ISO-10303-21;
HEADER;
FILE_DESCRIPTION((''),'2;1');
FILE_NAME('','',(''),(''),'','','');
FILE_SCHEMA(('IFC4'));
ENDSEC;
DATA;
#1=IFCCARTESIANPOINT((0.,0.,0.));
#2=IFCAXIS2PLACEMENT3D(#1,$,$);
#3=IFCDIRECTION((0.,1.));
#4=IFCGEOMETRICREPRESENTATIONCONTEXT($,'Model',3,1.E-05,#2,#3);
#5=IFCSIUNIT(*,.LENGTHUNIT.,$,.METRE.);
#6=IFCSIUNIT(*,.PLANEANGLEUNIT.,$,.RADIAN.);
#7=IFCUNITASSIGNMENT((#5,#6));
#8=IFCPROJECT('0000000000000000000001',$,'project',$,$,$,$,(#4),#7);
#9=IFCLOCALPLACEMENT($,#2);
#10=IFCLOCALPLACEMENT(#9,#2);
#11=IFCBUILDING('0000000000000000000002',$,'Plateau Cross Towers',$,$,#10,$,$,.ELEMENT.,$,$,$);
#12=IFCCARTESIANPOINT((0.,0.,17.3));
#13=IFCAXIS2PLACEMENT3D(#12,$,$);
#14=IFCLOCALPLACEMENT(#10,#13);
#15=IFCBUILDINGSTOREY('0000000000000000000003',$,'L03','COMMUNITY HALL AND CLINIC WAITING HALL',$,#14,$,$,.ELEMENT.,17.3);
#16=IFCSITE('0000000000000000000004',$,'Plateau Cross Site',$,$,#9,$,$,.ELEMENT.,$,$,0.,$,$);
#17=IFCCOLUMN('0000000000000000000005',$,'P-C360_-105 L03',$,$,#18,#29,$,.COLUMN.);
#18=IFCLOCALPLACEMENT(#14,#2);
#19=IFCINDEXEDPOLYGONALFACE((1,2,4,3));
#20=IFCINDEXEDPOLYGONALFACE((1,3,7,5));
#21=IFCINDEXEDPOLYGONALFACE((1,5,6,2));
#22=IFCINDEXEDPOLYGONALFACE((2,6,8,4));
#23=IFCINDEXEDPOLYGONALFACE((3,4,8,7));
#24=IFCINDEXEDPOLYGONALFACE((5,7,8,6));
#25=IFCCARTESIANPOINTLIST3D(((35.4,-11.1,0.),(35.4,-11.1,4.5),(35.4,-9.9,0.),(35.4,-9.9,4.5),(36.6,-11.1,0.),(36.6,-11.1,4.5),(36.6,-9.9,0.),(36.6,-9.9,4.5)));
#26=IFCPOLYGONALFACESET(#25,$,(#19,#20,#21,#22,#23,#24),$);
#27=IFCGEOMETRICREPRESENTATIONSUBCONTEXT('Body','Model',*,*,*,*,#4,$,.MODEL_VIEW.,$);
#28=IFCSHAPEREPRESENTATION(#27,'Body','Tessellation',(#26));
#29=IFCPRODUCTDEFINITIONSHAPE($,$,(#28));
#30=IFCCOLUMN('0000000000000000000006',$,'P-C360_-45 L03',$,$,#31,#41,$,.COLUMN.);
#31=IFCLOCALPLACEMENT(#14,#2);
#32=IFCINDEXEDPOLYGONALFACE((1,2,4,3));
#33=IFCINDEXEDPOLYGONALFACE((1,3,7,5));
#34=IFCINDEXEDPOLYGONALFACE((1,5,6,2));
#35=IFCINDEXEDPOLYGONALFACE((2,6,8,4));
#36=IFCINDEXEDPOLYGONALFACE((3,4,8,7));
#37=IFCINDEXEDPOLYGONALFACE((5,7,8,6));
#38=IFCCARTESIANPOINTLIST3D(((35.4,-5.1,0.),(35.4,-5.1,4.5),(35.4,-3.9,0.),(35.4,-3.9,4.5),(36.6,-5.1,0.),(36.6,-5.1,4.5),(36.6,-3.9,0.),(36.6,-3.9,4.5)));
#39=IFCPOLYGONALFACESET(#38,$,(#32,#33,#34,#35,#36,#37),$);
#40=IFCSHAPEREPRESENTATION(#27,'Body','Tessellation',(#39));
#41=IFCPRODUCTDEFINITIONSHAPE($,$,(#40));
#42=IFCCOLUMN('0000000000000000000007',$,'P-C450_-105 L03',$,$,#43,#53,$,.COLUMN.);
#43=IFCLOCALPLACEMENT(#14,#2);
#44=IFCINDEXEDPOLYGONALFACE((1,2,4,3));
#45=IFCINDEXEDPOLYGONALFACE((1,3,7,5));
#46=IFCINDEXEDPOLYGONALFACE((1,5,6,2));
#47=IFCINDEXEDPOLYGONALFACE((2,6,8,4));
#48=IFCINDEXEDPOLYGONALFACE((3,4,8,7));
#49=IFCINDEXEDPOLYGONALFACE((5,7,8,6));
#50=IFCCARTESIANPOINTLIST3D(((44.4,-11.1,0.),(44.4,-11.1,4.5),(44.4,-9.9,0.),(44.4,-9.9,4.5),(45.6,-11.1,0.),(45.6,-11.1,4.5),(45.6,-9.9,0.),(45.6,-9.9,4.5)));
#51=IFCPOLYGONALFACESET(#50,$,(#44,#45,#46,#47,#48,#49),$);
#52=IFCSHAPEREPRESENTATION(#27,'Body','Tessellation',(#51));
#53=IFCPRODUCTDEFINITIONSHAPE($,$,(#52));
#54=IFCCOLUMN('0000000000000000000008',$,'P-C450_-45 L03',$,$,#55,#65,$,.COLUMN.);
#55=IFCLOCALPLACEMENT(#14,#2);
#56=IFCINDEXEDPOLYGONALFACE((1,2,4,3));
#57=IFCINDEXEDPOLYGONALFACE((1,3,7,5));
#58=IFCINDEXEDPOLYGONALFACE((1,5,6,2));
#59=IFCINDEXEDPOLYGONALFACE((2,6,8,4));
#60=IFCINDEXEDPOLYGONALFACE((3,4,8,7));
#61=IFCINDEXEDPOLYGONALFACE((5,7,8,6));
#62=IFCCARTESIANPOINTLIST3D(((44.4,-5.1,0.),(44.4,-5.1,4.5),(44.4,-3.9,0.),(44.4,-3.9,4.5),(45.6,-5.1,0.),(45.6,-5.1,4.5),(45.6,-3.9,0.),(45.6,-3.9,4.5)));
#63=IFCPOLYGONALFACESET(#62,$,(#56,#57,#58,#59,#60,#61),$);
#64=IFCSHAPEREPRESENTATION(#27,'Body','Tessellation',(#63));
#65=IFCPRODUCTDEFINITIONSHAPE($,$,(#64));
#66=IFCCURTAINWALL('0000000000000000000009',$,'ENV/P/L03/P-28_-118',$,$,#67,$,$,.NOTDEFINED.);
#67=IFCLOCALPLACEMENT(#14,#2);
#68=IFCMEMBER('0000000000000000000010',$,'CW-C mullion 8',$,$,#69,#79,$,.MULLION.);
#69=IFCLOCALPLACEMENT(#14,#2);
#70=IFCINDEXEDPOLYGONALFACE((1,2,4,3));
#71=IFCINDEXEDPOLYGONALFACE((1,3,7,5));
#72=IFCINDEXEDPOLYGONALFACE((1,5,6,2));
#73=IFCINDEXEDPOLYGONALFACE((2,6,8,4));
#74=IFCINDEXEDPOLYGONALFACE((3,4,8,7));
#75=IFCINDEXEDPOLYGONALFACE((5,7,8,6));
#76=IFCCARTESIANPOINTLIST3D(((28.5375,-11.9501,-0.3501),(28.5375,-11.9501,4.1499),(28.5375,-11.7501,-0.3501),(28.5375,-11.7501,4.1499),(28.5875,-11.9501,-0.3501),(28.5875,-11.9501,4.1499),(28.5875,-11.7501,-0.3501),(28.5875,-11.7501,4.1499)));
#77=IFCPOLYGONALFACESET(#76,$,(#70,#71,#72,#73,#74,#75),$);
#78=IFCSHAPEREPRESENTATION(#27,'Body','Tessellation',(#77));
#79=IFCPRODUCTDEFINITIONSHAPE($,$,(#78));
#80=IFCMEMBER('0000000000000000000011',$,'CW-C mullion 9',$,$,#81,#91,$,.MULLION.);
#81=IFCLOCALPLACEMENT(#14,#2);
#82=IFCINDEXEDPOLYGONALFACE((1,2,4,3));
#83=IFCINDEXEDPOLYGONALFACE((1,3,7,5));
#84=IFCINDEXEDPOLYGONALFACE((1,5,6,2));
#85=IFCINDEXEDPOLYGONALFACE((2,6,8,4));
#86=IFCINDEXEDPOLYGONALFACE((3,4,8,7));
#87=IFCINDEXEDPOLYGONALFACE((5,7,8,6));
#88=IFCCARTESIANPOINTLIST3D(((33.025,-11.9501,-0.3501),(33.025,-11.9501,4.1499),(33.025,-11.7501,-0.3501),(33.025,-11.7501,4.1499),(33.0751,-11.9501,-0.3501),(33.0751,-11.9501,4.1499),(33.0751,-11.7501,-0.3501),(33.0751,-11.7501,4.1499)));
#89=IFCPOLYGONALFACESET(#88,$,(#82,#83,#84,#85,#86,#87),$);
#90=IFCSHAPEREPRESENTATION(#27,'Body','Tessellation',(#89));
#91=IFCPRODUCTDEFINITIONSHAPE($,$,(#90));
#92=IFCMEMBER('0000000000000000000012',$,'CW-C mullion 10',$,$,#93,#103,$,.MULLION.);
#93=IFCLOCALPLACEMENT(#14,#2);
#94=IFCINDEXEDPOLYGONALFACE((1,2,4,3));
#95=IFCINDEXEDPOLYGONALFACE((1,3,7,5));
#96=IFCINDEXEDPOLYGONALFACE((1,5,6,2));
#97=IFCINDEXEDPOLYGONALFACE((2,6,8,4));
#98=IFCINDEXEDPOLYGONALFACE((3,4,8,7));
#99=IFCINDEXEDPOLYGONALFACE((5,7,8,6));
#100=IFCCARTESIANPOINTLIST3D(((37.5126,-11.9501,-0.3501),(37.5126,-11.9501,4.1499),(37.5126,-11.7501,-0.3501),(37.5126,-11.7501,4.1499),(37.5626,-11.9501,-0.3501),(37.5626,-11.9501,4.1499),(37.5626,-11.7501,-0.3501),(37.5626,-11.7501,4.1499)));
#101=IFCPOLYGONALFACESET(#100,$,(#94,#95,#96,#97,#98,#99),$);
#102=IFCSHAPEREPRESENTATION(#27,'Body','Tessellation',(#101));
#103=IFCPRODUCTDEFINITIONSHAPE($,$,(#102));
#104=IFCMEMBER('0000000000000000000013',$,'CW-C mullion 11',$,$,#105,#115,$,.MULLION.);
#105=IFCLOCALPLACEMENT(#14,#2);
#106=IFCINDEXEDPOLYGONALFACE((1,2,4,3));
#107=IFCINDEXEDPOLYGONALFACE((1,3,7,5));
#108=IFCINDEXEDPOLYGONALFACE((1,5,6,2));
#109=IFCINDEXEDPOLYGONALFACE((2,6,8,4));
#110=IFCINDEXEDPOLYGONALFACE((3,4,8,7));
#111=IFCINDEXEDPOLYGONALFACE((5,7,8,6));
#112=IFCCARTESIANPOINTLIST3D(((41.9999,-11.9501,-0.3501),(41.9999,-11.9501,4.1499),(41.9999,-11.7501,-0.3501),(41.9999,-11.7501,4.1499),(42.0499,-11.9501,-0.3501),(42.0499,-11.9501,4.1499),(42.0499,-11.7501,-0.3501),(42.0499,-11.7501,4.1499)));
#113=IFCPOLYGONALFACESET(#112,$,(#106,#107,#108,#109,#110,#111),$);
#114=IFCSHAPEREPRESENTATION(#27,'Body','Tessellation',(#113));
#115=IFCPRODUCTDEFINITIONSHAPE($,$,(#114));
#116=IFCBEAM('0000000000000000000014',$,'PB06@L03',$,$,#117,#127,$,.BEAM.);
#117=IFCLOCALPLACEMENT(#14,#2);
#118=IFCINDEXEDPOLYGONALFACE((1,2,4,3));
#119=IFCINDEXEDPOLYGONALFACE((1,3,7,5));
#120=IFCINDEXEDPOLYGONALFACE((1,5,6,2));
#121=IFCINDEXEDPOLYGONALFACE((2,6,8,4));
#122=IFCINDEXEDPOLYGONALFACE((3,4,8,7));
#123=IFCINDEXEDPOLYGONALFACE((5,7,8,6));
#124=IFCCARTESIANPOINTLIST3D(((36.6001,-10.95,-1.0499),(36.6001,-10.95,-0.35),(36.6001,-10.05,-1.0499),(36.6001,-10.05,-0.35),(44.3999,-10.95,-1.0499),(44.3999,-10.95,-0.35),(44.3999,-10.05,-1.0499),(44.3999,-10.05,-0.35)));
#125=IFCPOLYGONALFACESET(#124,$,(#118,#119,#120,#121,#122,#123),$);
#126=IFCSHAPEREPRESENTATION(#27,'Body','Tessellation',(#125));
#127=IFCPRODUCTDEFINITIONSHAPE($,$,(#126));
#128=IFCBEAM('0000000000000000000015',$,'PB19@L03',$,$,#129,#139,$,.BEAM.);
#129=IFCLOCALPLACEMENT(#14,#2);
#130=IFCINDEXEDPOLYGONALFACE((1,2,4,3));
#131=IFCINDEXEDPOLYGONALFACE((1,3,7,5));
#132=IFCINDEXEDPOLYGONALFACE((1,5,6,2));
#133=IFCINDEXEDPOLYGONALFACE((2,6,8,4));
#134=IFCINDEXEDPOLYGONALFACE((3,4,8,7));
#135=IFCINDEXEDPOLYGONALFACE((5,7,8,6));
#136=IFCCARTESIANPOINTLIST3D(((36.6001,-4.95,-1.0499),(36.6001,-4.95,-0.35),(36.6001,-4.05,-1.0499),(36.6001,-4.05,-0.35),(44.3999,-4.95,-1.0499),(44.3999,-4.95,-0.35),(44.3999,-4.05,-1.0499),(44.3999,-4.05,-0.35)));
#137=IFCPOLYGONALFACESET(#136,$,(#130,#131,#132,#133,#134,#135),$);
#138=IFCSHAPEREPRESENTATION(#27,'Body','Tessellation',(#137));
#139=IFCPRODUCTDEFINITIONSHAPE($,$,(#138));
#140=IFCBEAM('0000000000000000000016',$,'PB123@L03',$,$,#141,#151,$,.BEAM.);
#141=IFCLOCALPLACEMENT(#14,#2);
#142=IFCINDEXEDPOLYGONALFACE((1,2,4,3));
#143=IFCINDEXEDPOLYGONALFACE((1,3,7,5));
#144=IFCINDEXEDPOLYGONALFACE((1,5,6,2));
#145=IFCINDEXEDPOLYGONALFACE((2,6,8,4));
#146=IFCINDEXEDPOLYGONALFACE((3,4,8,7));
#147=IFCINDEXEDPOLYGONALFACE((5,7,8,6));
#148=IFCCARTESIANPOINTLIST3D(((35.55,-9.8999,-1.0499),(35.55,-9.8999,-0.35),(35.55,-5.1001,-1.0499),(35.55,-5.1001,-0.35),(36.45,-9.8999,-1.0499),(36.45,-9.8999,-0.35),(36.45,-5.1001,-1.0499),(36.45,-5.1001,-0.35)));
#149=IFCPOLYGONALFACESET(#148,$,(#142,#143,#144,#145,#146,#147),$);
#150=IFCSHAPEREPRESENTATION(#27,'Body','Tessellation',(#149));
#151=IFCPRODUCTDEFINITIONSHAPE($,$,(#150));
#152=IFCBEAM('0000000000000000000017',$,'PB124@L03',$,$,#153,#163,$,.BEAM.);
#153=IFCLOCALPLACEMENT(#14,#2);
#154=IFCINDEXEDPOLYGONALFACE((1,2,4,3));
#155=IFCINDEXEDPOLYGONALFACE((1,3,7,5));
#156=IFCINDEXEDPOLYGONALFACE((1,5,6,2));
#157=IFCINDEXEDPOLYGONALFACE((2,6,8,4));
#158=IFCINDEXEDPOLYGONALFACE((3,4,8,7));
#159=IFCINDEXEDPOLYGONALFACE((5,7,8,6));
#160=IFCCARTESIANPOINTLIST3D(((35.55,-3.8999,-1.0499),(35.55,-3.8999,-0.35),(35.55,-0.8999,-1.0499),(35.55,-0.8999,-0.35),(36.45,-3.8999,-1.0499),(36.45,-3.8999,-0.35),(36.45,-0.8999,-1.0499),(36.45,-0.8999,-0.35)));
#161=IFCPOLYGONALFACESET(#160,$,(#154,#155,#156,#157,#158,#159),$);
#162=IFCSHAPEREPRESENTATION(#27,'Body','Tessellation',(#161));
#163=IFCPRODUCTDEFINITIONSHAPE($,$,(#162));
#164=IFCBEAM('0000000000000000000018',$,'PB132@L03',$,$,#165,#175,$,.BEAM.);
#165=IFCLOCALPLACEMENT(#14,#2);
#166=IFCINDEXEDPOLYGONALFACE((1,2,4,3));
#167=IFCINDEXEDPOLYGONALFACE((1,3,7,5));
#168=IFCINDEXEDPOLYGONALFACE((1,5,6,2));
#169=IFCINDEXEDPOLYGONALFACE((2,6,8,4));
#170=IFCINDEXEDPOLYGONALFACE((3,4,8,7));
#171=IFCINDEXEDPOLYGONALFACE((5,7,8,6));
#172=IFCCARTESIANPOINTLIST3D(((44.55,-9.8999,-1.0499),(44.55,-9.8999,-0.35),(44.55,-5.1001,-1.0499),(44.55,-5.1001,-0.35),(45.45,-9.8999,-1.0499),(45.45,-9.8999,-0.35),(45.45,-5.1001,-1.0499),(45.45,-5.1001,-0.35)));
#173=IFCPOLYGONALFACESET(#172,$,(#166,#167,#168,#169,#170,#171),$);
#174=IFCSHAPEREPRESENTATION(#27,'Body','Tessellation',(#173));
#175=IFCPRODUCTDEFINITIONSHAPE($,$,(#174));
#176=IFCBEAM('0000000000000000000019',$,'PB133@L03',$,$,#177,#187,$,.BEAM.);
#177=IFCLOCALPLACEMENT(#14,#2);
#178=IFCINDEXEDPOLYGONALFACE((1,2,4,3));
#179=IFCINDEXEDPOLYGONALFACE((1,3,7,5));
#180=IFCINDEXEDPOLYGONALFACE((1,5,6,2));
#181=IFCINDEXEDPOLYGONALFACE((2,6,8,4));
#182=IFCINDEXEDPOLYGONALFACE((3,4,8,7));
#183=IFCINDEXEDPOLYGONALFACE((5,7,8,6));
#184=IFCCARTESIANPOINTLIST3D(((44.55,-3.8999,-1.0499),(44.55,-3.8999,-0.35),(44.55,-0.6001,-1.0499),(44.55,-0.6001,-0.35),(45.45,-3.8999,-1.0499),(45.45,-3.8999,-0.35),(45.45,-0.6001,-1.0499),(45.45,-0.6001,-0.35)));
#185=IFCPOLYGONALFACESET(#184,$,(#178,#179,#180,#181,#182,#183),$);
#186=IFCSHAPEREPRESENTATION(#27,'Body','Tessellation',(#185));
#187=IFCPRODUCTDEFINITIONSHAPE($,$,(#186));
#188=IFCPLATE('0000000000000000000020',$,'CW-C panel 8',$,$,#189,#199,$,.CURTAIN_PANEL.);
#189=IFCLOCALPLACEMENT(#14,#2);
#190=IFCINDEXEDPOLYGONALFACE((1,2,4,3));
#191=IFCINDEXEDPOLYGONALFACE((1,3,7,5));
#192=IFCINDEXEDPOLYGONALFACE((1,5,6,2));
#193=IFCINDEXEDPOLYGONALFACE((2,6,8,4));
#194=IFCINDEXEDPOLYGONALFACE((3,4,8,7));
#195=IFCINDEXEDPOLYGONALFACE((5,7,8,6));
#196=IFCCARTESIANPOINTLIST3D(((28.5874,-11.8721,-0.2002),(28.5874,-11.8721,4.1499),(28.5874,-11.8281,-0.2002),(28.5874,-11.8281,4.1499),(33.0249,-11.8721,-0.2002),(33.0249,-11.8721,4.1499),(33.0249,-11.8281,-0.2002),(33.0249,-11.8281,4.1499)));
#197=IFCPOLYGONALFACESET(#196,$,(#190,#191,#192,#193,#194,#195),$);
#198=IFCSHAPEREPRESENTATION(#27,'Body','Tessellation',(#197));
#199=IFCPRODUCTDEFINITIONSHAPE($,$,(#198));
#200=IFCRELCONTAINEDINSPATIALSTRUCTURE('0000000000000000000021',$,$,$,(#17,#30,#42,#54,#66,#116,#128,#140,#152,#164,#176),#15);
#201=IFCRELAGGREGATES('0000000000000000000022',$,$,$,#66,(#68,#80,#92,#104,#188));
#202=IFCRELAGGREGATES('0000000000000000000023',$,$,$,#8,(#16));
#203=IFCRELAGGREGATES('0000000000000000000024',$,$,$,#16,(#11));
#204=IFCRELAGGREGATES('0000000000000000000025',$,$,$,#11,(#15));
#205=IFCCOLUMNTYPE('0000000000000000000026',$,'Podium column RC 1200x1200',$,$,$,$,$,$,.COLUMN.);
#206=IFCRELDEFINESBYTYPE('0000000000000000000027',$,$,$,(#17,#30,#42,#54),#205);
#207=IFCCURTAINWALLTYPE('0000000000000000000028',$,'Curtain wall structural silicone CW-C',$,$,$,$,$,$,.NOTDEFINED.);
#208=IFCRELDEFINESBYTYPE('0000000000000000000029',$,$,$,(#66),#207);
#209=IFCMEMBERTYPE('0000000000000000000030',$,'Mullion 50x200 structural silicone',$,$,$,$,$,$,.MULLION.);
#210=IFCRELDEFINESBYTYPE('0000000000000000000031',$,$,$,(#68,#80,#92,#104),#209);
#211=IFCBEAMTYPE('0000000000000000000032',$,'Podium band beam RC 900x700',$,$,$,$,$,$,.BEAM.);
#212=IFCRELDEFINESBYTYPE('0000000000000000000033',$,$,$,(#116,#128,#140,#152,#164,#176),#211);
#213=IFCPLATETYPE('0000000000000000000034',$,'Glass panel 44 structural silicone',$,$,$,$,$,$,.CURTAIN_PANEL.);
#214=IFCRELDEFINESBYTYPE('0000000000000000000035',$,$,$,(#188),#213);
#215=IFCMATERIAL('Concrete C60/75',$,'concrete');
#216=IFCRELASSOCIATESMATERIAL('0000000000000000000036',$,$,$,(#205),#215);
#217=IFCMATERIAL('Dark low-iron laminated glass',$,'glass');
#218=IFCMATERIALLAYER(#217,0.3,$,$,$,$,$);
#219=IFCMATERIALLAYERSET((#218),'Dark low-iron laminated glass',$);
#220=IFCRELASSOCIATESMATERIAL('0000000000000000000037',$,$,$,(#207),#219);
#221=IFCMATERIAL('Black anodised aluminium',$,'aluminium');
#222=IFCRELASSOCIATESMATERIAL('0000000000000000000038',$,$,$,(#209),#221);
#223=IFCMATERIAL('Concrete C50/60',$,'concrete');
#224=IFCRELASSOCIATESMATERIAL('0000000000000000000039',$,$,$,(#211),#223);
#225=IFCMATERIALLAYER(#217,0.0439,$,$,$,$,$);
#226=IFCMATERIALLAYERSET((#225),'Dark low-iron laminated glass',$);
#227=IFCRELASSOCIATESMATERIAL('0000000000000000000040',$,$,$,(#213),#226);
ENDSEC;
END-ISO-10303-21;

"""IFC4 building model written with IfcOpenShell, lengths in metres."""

from ifc_helpers import new_model, si_unit, direction, frame, origin, origin_2d, place, context, subcontext, project, spatial, rectangle, extrude, material, layer, layer_set, material_profile, profile_set, type_object, element, aggregate, save


model = new_model("IFC4")

# Units and contexts
model_context = context("Model", 3, precision=1e-05, world=origin(), true_north=direction((0.0, 1.0)))
body_context = subcontext(model_context, "Body", "Model", "MODEL_VIEW")
ifc_project = project(units=[si_unit("LENGTHUNIT", "METRE"), si_unit("PLANEANGLEUNIT", "RADIAN")], contexts=[model_context])

# Site, building, storey
site_placement = place(None, origin())
site = spatial("IfcSite", under=ifc_project, at=site_placement, Name="Plateau Cross Site", CompositionType="ELEMENT", RefElevation=0.0)
building_placement = place(site_placement, origin())
building = spatial("IfcBuilding", under=site, at=building_placement, Name="Plateau Cross Towers", CompositionType="ELEMENT")
storey_placement = place(building_placement, frame((0.0, 0.0, 17.3)))
storey = spatial("IfcBuildingStorey", under=building, at=storey_placement, Name="L03", Description="COMMUNITY HALL AND CLINIC WAITING HALL", CompositionType="ELEMENT", Elevation=17.3)

# Columns
ifc_material_1 = material(Name="Concrete C60/75", Category="concrete")
ifc_material_profile_1 = material_profile(ifc_material_1, rectangle(XDim=1.2, YDim=1.2, at=origin_2d()), Name="RC 1200x1200")
ifc_profile_set_1 = profile_set([ifc_material_profile_1], Name="Concrete C60/75")
column_type = type_object("IfcColumnType", Name="Podium column RC 1200x1200", PredefinedType="COLUMN", material=ifc_profile_set_1)
for number, where, z_axis, x_axis, name in (
    (1, (36.0, -10.5, 0.0), (0.0, 0.0, 1.0), (1.0, 0.0, 0.0), "P-C360_-105 L03"),
    (2, (36.0, -4.5, 0.0), (0.0, 0.0, 1.0), (1.0, 0.0, 0.0), "P-C360_-45 L03"),
    (3, (45.0, -10.5, 0.0), (0.0, 0.0, 1.0), (1.0, 0.0, 0.0), "P-C450_-105 L03"),
    (4, (45.0, -4.5, 0.0), (0.0, 0.0, 1.0), (1.0, 0.0, 0.0), "P-C450_-45 L03"),
):
    element("IfcColumn", number, at=place(storey_placement, frame(where, z_axis=z_axis, x_axis=x_axis)), inside=storey, type_object=column_type, Name=name, PredefinedType="COLUMN", context=body_context, shape_type="SweptSolid", body=[
        extrude(rectangle(XDim=1.2, YDim=1.2, at=origin_2d()), origin(), (0.0, 0.0, 1.0), 4.5),
    ])

# Curtain wall, members
ifc_material_2 = material(Name="Dark low-iron laminated glass", Category="glass")
ifc_layer_1 = layer(ifc_material_2, 0.3)
ifc_layer_set_1 = layer_set([ifc_layer_1], Name="Dark low-iron laminated glass")
curtain_wall_type = type_object("IfcCurtainWallType", Name="Curtain wall structural silicone CW-C", PredefinedType="NOTDEFINED", material=ifc_layer_set_1)
curtain_wall_placement = place(storey_placement, origin())
curtain_wall = element("IfcCurtainWall", 5, at=curtain_wall_placement, inside=storey, type_object=curtain_wall_type, Name="ENV/P/L03/P-28_-118", PredefinedType="NOTDEFINED")
ifc_material_3 = material(Name="Black anodised aluminium", Category="aluminium")
ifc_material_profile_2 = material_profile(ifc_material_3, rectangle(XDim=0.05, YDim=0.2, at=origin_2d()), Name="MULLION 50x200")
ifc_profile_set_2 = profile_set([ifc_material_profile_2], Name="Black anodised aluminium")
member_type = type_object("IfcMemberType", Name="Mullion 50x200 structural silicone", PredefinedType="MULLION", material=ifc_profile_set_2)
member_1_placement = place(storey_placement, frame((28.5625, -11.8501, -0.3501), z_axis=(0.0, 0.0, 1.0), x_axis=(1.0, 0.0, 0.0)))
member_1 = element("IfcMember", 6, at=member_1_placement, type_object=member_type, Name="CW-C mullion 8", PredefinedType="MULLION", context=body_context, shape_type="SweptSolid", body=[
    extrude(rectangle(XDim=0.05, YDim=0.2, at=origin_2d()), origin(), (0.0, 0.0, 1.0), 4.5),
])
member_2_placement = place(storey_placement, frame((33.05, -11.8501, -0.3501), z_axis=(0.0, 0.0, 1.0), x_axis=(1.0, 0.0, 0.0)))
member_2 = element("IfcMember", 7, at=member_2_placement, type_object=member_type, Name="CW-C mullion 9", PredefinedType="MULLION", context=body_context, shape_type="SweptSolid", body=[
    extrude(rectangle(XDim=0.05, YDim=0.2, at=origin_2d()), origin(), (0.0, 0.0, 1.0), 4.5),
])
member_3_placement = place(storey_placement, frame((37.5376, -11.8501, -0.3501), z_axis=(0.0, 0.0, 1.0), x_axis=(1.0, 0.0, 0.0)))
member_3 = element("IfcMember", 8, at=member_3_placement, type_object=member_type, Name="CW-C mullion 10", PredefinedType="MULLION", context=body_context, shape_type="SweptSolid", body=[
    extrude(rectangle(XDim=0.05, YDim=0.2, at=origin_2d()), origin(), (0.0, 0.0, 1.0), 4.5),
])
member_4_placement = place(storey_placement, frame((42.0249, -11.8501, -0.3501), z_axis=(0.0, 0.0, 1.0), x_axis=(1.0, 0.0, 0.0)))
member_4 = element("IfcMember", 9, at=member_4_placement, type_object=member_type, Name="CW-C mullion 11", PredefinedType="MULLION", context=body_context, shape_type="SweptSolid", body=[
    extrude(rectangle(XDim=0.05, YDim=0.2, at=origin_2d()), origin(), (0.0, 0.0, 1.0), 4.5),
])

# Beams
ifc_material_4 = material(Name="Concrete C50/60", Category="concrete")
ifc_material_profile_3 = material_profile(ifc_material_4, rectangle(XDim=0.8999, YDim=0.7, at=origin_2d()), Name="RC 900x700")
ifc_profile_set_3 = profile_set([ifc_material_profile_3], Name="Concrete C50/60")
beam_type = type_object("IfcBeamType", Name="Podium band beam RC 900x700", PredefinedType="BEAM", material=ifc_profile_set_3)
for number, where, z_axis, x_axis, name in (
    (10, (36.6001, -10.5, -0.7), (1.0, 0.0, 0.0), (0.0, 1.0, 0.0), "PB06@L03"),
    (11, (36.6001, -4.5, -0.7), (1.0, 0.0, 0.0), (0.0, 1.0, 0.0), "PB19@L03"),
):
    element("IfcBeam", number, at=place(storey_placement, frame(where, z_axis=z_axis, x_axis=x_axis)), inside=storey, type_object=beam_type, Name=name, PredefinedType="BEAM", context=body_context, shape_type="SweptSolid", body=[
        extrude(rectangle(XDim=0.8999, YDim=0.7, at=origin_2d()), origin(), (0.0, 0.0, 1.0), 7.7998),
    ])
beam_1_placement = place(storey_placement, frame((36.0, -9.8999, -0.7), z_axis=(0.0, 1.0, 0.0), x_axis=(-1.0, 0.0, 0.0)))
element("IfcBeam", 12, at=beam_1_placement, inside=storey, type_object=beam_type, Name="PB123@L03", PredefinedType="BEAM", context=body_context, shape_type="SweptSolid", body=[
    extrude(rectangle(XDim=0.8999, YDim=0.7, at=origin_2d()), origin(), (0.0, 0.0, 1.0), 4.7998),
])
beam_2_placement = place(storey_placement, frame((36.0, -3.8999, -0.7), z_axis=(0.0, 1.0, 0.0), x_axis=(-1.0, 0.0, 0.0)))
element("IfcBeam", 13, at=beam_2_placement, inside=storey, type_object=beam_type, Name="PB124@L03", PredefinedType="BEAM", context=body_context, shape_type="SweptSolid", body=[
    extrude(rectangle(XDim=0.8999, YDim=0.7, at=origin_2d()), origin(), (0.0, 0.0, 1.0), 3.0),
])
beam_3_placement = place(storey_placement, frame((45.0, -9.8999, -0.7), z_axis=(0.0, 1.0, 0.0), x_axis=(-1.0, 0.0, 0.0)))
element("IfcBeam", 14, at=beam_3_placement, inside=storey, type_object=beam_type, Name="PB132@L03", PredefinedType="BEAM", context=body_context, shape_type="SweptSolid", body=[
    extrude(rectangle(XDim=0.8999, YDim=0.7, at=origin_2d()), origin(), (0.0, 0.0, 1.0), 4.7998),
])
beam_4_placement = place(storey_placement, frame((45.0, -3.8999, -0.7), z_axis=(0.0, 1.0, 0.0), x_axis=(-1.0, 0.0, 0.0)))
element("IfcBeam", 15, at=beam_4_placement, inside=storey, type_object=beam_type, Name="PB133@L03", PredefinedType="BEAM", context=body_context, shape_type="SweptSolid", body=[
    extrude(rectangle(XDim=0.8999, YDim=0.7, at=origin_2d()), origin(), (0.0, 0.0, 1.0), 3.2998),
])

# Plate
ifc_layer_2 = layer(ifc_material_2, 0.0439)
ifc_layer_set_2 = layer_set([ifc_layer_2], Name="Dark low-iron laminated glass")
plate_type = type_object("IfcPlateType", Name="Glass panel 44 structural silicone", PredefinedType="CURTAIN_PANEL", material=ifc_layer_set_2)
plate_1_placement = place(storey_placement, frame((30.8062, -11.8501, -0.2002), z_axis=(0.0, 0.0, 1.0), x_axis=(1.0, 0.0, 0.0)))
plate_1 = element("IfcPlate", 16, at=plate_1_placement, type_object=plate_type, Name="CW-C panel 8", PredefinedType="CURTAIN_PANEL", context=body_context, shape_type="SweptSolid", body=[
    extrude(rectangle(XDim=4.4375, YDim=0.0439, at=origin_2d()), origin(), (0.0, 0.0, 1.0), 4.3501),
])
aggregate(curtain_wall, [member_1, member_2, member_3, member_4, plate_1])

save(model, "model.ifc")
